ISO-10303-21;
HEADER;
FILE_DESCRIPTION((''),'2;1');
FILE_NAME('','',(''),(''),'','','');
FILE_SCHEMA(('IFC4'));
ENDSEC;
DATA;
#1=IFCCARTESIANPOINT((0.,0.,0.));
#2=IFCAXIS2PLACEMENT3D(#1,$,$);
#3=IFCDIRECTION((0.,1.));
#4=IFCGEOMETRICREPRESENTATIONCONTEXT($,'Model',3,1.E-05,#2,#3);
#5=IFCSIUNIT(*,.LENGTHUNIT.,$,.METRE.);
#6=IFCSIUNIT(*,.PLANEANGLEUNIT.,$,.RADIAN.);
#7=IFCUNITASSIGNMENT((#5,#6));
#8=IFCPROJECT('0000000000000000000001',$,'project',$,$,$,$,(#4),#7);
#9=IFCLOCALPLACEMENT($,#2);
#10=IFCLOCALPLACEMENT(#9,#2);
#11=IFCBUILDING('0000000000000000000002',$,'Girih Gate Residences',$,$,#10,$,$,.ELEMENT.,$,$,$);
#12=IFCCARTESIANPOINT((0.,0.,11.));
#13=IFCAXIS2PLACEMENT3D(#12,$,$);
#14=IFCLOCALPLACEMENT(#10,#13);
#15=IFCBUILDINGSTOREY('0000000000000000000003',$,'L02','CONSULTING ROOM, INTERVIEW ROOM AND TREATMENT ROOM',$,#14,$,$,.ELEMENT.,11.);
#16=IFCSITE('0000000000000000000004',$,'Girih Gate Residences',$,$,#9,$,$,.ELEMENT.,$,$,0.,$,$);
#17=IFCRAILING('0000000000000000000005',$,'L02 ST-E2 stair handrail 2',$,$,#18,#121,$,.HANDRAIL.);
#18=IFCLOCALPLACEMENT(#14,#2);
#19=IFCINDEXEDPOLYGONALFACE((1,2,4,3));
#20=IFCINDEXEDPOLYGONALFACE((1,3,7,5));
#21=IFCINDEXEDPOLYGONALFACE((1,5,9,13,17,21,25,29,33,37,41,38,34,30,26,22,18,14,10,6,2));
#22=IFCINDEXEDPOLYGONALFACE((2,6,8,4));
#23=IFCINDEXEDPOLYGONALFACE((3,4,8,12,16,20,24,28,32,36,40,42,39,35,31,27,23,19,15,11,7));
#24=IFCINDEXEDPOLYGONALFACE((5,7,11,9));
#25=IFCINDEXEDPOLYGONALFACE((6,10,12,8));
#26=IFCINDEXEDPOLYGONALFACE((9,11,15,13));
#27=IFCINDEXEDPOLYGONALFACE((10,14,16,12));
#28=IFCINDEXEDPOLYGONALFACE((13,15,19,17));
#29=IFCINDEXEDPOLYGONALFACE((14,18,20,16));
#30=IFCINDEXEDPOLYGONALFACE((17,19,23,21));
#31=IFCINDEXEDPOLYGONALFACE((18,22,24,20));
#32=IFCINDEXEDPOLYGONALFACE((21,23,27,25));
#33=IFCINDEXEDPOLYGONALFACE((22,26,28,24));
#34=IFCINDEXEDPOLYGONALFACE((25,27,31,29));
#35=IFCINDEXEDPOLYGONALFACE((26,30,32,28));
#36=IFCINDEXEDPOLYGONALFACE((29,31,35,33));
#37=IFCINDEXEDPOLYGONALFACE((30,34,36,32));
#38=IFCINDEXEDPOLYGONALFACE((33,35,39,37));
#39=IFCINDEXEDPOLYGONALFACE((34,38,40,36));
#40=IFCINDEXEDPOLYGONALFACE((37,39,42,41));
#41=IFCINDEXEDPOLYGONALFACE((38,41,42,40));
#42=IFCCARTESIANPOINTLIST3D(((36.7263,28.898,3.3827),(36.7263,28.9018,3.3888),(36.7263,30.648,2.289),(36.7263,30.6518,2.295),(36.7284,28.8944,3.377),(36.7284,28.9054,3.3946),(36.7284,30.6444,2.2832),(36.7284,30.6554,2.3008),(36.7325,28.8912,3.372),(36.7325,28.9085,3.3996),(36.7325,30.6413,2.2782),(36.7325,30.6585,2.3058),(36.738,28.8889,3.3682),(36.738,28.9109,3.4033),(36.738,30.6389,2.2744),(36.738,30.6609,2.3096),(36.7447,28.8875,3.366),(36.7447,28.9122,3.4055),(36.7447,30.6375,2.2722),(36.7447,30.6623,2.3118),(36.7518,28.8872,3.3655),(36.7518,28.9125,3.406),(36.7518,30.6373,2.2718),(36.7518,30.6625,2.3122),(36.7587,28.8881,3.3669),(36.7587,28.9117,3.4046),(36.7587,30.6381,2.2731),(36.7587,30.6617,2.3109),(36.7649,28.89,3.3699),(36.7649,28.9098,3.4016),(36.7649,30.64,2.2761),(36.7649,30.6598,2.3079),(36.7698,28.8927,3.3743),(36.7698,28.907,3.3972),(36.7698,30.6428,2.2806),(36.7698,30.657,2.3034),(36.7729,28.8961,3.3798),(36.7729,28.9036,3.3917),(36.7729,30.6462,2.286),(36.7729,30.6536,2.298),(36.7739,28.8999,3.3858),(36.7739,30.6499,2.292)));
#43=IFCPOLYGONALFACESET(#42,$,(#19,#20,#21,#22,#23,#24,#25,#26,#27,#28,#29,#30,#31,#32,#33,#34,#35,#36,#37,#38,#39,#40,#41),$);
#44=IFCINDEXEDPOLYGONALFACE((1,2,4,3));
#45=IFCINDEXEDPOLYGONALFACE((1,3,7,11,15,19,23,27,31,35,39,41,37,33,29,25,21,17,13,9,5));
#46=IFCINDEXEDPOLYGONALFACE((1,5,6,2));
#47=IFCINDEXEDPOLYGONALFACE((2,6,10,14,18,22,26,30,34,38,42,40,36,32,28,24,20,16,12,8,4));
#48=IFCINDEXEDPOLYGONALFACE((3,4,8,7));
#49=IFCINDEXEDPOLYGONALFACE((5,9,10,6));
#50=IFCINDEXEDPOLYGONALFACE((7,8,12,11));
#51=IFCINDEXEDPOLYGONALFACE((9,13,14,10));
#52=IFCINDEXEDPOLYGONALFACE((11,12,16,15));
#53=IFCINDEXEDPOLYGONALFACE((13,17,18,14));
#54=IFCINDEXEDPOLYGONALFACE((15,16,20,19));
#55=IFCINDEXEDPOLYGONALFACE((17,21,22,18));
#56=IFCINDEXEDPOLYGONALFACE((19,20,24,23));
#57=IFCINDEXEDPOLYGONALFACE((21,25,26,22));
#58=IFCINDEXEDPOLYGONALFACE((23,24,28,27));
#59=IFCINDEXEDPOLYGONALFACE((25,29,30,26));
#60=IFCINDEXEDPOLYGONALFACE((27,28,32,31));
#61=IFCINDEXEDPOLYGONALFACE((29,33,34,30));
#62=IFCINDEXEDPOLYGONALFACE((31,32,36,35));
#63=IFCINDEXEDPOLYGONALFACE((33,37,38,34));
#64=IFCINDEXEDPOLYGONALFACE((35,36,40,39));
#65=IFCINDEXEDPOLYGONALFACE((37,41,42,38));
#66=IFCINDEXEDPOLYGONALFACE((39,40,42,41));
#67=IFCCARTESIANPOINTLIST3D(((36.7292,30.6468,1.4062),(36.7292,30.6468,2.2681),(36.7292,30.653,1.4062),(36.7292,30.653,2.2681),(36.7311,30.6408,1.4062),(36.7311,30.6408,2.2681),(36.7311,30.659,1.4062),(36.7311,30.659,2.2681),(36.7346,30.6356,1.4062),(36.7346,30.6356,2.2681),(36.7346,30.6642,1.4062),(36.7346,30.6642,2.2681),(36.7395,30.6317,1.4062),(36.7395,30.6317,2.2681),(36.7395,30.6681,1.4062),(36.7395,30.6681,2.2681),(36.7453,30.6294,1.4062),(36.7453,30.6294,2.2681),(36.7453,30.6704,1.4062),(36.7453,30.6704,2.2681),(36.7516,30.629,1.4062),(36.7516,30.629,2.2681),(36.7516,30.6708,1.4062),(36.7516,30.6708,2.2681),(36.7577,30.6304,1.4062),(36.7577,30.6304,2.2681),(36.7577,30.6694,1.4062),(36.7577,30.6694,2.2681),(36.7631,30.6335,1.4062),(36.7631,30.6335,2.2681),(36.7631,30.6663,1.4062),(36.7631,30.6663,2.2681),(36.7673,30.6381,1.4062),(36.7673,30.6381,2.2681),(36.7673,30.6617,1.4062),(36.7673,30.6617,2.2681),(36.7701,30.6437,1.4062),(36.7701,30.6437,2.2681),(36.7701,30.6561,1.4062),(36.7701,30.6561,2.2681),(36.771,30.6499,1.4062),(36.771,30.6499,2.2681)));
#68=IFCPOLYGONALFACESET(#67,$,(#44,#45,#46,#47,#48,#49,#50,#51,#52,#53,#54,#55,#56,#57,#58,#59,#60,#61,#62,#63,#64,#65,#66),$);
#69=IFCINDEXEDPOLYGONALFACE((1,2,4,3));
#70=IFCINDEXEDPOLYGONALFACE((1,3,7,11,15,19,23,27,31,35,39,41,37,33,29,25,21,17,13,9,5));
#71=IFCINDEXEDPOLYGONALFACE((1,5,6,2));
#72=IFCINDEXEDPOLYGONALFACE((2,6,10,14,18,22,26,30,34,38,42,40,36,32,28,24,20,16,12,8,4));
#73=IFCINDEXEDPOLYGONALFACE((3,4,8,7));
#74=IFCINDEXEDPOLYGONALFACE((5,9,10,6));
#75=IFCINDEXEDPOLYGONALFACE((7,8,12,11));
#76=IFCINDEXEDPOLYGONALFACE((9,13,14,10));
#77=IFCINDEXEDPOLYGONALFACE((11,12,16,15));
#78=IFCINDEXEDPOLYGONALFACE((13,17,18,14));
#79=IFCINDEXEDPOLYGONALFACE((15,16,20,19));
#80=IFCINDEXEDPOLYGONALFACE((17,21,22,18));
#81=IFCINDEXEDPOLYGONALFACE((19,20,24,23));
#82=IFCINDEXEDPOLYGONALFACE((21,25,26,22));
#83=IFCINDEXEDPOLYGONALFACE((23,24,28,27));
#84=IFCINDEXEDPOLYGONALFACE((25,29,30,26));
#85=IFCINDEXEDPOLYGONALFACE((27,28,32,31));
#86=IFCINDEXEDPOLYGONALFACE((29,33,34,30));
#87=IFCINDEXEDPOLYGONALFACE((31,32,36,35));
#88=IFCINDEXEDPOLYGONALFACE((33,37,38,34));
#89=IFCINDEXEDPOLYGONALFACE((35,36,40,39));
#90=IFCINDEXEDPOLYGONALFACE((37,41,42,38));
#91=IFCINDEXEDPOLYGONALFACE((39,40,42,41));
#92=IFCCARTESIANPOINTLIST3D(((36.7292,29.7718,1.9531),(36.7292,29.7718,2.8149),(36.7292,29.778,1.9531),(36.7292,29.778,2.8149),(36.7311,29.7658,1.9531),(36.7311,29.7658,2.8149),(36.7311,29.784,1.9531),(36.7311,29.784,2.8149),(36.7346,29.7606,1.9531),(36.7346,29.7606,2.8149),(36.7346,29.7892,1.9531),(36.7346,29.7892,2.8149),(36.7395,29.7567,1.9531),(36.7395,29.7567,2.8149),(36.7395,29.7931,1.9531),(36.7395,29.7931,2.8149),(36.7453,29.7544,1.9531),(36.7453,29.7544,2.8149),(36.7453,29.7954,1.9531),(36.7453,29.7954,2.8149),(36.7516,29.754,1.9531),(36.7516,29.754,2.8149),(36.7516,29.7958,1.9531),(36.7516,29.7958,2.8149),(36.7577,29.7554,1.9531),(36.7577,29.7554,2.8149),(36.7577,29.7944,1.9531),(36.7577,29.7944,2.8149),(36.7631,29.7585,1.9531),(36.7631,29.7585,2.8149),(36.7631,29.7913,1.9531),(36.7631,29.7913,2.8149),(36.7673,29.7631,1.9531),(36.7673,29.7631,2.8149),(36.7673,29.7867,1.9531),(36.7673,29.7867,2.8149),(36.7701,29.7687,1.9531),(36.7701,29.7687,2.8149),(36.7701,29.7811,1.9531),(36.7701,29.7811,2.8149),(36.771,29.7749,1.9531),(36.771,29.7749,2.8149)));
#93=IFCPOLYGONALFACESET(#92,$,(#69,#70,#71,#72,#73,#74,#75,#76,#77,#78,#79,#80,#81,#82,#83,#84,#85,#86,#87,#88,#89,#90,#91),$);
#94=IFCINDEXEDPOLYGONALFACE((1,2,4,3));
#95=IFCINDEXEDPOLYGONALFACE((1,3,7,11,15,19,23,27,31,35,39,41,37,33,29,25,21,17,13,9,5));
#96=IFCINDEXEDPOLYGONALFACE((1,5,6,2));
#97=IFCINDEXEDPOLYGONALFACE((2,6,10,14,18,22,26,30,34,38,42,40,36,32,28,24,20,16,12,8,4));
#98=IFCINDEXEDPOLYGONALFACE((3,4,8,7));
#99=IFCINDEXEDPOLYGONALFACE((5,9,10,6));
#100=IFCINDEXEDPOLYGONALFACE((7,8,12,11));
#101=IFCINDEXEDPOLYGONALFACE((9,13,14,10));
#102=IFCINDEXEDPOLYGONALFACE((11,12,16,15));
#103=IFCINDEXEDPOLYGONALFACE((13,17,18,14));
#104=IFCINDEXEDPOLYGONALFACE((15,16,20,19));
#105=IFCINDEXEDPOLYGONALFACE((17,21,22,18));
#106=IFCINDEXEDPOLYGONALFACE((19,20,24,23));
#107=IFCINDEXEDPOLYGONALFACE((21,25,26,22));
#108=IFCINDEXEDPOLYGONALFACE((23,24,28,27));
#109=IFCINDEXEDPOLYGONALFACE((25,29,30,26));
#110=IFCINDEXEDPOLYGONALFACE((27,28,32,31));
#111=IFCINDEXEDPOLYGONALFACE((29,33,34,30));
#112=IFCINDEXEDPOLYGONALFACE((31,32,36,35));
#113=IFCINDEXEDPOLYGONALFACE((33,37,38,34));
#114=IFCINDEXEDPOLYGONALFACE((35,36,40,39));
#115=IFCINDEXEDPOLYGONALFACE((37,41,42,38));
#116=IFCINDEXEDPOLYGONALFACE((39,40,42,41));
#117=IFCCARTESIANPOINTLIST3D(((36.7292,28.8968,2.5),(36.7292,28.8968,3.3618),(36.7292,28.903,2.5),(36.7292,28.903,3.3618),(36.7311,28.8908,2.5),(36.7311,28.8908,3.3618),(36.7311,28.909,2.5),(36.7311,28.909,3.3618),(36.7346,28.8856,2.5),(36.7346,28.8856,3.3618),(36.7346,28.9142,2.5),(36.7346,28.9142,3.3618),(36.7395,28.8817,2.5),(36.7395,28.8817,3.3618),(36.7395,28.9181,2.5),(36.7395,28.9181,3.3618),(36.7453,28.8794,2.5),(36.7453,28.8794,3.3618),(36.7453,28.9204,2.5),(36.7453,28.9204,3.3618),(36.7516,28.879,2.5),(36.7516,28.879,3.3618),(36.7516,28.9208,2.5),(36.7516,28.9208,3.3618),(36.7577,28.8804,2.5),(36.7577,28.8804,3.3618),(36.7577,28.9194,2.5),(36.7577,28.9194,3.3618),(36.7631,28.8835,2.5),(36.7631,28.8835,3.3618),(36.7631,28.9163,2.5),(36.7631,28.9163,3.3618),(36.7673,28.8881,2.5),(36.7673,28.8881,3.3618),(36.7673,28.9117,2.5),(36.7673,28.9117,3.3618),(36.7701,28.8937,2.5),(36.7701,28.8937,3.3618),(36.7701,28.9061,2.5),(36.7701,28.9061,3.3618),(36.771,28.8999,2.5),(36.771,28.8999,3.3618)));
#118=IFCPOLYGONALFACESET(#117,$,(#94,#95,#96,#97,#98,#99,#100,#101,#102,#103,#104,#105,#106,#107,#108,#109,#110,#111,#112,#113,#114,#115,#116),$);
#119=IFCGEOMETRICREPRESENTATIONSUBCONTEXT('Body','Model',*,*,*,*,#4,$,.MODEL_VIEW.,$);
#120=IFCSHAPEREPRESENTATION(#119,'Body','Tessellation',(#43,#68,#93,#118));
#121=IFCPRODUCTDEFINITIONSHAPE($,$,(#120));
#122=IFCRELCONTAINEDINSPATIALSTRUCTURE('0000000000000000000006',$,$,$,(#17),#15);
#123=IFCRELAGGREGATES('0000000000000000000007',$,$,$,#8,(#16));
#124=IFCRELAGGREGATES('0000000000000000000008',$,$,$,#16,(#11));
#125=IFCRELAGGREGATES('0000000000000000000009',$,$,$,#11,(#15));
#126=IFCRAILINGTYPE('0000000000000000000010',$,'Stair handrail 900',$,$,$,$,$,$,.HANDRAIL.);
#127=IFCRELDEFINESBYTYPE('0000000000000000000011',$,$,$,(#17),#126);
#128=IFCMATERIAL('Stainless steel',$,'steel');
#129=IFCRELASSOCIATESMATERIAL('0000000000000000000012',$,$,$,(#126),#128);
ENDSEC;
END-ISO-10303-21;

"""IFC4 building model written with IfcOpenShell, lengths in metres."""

from ifc_helpers import new_model, si_unit, direction, frame, origin, origin_2d, place, context, subcontext, project, spatial, circle, extrude, material, type_object, element, save


model = new_model("IFC4")

# Units and contexts
model_context = context("Model", 3, precision=1e-05, world=origin(), true_north=direction((0.0, 1.0)))
body_context = subcontext(model_context, "Body", "Model", "MODEL_VIEW")
ifc_project = project(units=[si_unit("LENGTHUNIT", "METRE"), si_unit("PLANEANGLEUNIT", "RADIAN")], contexts=[model_context])

# Site, building, storey
site_placement = place(None, origin())
site = spatial("IfcSite", under=ifc_project, at=site_placement, Name="Girih Gate Residences", CompositionType="ELEMENT", RefElevation=0.0)
building_placement = place(site_placement, origin())
building = spatial("IfcBuilding", under=site, at=building_placement, Name="Girih Gate Residences", CompositionType="ELEMENT")
storey_placement = place(building_placement, frame((0.0, 0.0, 11.0)))
storey = spatial("IfcBuildingStorey", under=building, at=storey_placement, Name="L02", Description="CONSULTING ROOM, INTERVIEW ROOM AND TREATMENT ROOM", CompositionType="ELEMENT", Elevation=11.0)

# Railing
ifc_material_1 = material(Name="Stainless steel", Category="steel")
railing_type_1 = type_object("IfcRailingType", Name="Stair handrail 900", PredefinedType="HANDRAIL", material=ifc_material_1)
railing_1_placement = place(storey_placement, frame((36.75, 30.6499, 1.4062)))
element("IfcRailing", 1, at=railing_1_placement, inside=storey, type_object=railing_type_1, Name="L02 ST-E2 stair handrail 2", PredefinedType="HANDRAIL", context=body_context, shape_type="SweptSolid", body=[
    extrude(circle(Radius=0.0239, at=origin_2d()), frame((0.0, 0.0, 0.8857), z_axis=(0.0, -0.847998, 0.529999), x_axis=(1.0, 0.0, 0.0)), (0.0, 0.0, 1.0), 2.0637),
    extrude(circle(Radius=0.021, at=origin_2d()), origin(), (0.0, 0.0, 1.0), 0.8618),
    extrude(circle(Radius=0.021, at=origin_2d()), frame((0.0, -0.875, 0.5469)), (0.0, 0.0, 1.0), 0.8618),
    extrude(circle(Radius=0.021, at=origin_2d()), frame((0.0, -1.75, 1.0938)), (0.0, 0.0, 1.0), 0.8618),
])

save(model, "model.ifc")
